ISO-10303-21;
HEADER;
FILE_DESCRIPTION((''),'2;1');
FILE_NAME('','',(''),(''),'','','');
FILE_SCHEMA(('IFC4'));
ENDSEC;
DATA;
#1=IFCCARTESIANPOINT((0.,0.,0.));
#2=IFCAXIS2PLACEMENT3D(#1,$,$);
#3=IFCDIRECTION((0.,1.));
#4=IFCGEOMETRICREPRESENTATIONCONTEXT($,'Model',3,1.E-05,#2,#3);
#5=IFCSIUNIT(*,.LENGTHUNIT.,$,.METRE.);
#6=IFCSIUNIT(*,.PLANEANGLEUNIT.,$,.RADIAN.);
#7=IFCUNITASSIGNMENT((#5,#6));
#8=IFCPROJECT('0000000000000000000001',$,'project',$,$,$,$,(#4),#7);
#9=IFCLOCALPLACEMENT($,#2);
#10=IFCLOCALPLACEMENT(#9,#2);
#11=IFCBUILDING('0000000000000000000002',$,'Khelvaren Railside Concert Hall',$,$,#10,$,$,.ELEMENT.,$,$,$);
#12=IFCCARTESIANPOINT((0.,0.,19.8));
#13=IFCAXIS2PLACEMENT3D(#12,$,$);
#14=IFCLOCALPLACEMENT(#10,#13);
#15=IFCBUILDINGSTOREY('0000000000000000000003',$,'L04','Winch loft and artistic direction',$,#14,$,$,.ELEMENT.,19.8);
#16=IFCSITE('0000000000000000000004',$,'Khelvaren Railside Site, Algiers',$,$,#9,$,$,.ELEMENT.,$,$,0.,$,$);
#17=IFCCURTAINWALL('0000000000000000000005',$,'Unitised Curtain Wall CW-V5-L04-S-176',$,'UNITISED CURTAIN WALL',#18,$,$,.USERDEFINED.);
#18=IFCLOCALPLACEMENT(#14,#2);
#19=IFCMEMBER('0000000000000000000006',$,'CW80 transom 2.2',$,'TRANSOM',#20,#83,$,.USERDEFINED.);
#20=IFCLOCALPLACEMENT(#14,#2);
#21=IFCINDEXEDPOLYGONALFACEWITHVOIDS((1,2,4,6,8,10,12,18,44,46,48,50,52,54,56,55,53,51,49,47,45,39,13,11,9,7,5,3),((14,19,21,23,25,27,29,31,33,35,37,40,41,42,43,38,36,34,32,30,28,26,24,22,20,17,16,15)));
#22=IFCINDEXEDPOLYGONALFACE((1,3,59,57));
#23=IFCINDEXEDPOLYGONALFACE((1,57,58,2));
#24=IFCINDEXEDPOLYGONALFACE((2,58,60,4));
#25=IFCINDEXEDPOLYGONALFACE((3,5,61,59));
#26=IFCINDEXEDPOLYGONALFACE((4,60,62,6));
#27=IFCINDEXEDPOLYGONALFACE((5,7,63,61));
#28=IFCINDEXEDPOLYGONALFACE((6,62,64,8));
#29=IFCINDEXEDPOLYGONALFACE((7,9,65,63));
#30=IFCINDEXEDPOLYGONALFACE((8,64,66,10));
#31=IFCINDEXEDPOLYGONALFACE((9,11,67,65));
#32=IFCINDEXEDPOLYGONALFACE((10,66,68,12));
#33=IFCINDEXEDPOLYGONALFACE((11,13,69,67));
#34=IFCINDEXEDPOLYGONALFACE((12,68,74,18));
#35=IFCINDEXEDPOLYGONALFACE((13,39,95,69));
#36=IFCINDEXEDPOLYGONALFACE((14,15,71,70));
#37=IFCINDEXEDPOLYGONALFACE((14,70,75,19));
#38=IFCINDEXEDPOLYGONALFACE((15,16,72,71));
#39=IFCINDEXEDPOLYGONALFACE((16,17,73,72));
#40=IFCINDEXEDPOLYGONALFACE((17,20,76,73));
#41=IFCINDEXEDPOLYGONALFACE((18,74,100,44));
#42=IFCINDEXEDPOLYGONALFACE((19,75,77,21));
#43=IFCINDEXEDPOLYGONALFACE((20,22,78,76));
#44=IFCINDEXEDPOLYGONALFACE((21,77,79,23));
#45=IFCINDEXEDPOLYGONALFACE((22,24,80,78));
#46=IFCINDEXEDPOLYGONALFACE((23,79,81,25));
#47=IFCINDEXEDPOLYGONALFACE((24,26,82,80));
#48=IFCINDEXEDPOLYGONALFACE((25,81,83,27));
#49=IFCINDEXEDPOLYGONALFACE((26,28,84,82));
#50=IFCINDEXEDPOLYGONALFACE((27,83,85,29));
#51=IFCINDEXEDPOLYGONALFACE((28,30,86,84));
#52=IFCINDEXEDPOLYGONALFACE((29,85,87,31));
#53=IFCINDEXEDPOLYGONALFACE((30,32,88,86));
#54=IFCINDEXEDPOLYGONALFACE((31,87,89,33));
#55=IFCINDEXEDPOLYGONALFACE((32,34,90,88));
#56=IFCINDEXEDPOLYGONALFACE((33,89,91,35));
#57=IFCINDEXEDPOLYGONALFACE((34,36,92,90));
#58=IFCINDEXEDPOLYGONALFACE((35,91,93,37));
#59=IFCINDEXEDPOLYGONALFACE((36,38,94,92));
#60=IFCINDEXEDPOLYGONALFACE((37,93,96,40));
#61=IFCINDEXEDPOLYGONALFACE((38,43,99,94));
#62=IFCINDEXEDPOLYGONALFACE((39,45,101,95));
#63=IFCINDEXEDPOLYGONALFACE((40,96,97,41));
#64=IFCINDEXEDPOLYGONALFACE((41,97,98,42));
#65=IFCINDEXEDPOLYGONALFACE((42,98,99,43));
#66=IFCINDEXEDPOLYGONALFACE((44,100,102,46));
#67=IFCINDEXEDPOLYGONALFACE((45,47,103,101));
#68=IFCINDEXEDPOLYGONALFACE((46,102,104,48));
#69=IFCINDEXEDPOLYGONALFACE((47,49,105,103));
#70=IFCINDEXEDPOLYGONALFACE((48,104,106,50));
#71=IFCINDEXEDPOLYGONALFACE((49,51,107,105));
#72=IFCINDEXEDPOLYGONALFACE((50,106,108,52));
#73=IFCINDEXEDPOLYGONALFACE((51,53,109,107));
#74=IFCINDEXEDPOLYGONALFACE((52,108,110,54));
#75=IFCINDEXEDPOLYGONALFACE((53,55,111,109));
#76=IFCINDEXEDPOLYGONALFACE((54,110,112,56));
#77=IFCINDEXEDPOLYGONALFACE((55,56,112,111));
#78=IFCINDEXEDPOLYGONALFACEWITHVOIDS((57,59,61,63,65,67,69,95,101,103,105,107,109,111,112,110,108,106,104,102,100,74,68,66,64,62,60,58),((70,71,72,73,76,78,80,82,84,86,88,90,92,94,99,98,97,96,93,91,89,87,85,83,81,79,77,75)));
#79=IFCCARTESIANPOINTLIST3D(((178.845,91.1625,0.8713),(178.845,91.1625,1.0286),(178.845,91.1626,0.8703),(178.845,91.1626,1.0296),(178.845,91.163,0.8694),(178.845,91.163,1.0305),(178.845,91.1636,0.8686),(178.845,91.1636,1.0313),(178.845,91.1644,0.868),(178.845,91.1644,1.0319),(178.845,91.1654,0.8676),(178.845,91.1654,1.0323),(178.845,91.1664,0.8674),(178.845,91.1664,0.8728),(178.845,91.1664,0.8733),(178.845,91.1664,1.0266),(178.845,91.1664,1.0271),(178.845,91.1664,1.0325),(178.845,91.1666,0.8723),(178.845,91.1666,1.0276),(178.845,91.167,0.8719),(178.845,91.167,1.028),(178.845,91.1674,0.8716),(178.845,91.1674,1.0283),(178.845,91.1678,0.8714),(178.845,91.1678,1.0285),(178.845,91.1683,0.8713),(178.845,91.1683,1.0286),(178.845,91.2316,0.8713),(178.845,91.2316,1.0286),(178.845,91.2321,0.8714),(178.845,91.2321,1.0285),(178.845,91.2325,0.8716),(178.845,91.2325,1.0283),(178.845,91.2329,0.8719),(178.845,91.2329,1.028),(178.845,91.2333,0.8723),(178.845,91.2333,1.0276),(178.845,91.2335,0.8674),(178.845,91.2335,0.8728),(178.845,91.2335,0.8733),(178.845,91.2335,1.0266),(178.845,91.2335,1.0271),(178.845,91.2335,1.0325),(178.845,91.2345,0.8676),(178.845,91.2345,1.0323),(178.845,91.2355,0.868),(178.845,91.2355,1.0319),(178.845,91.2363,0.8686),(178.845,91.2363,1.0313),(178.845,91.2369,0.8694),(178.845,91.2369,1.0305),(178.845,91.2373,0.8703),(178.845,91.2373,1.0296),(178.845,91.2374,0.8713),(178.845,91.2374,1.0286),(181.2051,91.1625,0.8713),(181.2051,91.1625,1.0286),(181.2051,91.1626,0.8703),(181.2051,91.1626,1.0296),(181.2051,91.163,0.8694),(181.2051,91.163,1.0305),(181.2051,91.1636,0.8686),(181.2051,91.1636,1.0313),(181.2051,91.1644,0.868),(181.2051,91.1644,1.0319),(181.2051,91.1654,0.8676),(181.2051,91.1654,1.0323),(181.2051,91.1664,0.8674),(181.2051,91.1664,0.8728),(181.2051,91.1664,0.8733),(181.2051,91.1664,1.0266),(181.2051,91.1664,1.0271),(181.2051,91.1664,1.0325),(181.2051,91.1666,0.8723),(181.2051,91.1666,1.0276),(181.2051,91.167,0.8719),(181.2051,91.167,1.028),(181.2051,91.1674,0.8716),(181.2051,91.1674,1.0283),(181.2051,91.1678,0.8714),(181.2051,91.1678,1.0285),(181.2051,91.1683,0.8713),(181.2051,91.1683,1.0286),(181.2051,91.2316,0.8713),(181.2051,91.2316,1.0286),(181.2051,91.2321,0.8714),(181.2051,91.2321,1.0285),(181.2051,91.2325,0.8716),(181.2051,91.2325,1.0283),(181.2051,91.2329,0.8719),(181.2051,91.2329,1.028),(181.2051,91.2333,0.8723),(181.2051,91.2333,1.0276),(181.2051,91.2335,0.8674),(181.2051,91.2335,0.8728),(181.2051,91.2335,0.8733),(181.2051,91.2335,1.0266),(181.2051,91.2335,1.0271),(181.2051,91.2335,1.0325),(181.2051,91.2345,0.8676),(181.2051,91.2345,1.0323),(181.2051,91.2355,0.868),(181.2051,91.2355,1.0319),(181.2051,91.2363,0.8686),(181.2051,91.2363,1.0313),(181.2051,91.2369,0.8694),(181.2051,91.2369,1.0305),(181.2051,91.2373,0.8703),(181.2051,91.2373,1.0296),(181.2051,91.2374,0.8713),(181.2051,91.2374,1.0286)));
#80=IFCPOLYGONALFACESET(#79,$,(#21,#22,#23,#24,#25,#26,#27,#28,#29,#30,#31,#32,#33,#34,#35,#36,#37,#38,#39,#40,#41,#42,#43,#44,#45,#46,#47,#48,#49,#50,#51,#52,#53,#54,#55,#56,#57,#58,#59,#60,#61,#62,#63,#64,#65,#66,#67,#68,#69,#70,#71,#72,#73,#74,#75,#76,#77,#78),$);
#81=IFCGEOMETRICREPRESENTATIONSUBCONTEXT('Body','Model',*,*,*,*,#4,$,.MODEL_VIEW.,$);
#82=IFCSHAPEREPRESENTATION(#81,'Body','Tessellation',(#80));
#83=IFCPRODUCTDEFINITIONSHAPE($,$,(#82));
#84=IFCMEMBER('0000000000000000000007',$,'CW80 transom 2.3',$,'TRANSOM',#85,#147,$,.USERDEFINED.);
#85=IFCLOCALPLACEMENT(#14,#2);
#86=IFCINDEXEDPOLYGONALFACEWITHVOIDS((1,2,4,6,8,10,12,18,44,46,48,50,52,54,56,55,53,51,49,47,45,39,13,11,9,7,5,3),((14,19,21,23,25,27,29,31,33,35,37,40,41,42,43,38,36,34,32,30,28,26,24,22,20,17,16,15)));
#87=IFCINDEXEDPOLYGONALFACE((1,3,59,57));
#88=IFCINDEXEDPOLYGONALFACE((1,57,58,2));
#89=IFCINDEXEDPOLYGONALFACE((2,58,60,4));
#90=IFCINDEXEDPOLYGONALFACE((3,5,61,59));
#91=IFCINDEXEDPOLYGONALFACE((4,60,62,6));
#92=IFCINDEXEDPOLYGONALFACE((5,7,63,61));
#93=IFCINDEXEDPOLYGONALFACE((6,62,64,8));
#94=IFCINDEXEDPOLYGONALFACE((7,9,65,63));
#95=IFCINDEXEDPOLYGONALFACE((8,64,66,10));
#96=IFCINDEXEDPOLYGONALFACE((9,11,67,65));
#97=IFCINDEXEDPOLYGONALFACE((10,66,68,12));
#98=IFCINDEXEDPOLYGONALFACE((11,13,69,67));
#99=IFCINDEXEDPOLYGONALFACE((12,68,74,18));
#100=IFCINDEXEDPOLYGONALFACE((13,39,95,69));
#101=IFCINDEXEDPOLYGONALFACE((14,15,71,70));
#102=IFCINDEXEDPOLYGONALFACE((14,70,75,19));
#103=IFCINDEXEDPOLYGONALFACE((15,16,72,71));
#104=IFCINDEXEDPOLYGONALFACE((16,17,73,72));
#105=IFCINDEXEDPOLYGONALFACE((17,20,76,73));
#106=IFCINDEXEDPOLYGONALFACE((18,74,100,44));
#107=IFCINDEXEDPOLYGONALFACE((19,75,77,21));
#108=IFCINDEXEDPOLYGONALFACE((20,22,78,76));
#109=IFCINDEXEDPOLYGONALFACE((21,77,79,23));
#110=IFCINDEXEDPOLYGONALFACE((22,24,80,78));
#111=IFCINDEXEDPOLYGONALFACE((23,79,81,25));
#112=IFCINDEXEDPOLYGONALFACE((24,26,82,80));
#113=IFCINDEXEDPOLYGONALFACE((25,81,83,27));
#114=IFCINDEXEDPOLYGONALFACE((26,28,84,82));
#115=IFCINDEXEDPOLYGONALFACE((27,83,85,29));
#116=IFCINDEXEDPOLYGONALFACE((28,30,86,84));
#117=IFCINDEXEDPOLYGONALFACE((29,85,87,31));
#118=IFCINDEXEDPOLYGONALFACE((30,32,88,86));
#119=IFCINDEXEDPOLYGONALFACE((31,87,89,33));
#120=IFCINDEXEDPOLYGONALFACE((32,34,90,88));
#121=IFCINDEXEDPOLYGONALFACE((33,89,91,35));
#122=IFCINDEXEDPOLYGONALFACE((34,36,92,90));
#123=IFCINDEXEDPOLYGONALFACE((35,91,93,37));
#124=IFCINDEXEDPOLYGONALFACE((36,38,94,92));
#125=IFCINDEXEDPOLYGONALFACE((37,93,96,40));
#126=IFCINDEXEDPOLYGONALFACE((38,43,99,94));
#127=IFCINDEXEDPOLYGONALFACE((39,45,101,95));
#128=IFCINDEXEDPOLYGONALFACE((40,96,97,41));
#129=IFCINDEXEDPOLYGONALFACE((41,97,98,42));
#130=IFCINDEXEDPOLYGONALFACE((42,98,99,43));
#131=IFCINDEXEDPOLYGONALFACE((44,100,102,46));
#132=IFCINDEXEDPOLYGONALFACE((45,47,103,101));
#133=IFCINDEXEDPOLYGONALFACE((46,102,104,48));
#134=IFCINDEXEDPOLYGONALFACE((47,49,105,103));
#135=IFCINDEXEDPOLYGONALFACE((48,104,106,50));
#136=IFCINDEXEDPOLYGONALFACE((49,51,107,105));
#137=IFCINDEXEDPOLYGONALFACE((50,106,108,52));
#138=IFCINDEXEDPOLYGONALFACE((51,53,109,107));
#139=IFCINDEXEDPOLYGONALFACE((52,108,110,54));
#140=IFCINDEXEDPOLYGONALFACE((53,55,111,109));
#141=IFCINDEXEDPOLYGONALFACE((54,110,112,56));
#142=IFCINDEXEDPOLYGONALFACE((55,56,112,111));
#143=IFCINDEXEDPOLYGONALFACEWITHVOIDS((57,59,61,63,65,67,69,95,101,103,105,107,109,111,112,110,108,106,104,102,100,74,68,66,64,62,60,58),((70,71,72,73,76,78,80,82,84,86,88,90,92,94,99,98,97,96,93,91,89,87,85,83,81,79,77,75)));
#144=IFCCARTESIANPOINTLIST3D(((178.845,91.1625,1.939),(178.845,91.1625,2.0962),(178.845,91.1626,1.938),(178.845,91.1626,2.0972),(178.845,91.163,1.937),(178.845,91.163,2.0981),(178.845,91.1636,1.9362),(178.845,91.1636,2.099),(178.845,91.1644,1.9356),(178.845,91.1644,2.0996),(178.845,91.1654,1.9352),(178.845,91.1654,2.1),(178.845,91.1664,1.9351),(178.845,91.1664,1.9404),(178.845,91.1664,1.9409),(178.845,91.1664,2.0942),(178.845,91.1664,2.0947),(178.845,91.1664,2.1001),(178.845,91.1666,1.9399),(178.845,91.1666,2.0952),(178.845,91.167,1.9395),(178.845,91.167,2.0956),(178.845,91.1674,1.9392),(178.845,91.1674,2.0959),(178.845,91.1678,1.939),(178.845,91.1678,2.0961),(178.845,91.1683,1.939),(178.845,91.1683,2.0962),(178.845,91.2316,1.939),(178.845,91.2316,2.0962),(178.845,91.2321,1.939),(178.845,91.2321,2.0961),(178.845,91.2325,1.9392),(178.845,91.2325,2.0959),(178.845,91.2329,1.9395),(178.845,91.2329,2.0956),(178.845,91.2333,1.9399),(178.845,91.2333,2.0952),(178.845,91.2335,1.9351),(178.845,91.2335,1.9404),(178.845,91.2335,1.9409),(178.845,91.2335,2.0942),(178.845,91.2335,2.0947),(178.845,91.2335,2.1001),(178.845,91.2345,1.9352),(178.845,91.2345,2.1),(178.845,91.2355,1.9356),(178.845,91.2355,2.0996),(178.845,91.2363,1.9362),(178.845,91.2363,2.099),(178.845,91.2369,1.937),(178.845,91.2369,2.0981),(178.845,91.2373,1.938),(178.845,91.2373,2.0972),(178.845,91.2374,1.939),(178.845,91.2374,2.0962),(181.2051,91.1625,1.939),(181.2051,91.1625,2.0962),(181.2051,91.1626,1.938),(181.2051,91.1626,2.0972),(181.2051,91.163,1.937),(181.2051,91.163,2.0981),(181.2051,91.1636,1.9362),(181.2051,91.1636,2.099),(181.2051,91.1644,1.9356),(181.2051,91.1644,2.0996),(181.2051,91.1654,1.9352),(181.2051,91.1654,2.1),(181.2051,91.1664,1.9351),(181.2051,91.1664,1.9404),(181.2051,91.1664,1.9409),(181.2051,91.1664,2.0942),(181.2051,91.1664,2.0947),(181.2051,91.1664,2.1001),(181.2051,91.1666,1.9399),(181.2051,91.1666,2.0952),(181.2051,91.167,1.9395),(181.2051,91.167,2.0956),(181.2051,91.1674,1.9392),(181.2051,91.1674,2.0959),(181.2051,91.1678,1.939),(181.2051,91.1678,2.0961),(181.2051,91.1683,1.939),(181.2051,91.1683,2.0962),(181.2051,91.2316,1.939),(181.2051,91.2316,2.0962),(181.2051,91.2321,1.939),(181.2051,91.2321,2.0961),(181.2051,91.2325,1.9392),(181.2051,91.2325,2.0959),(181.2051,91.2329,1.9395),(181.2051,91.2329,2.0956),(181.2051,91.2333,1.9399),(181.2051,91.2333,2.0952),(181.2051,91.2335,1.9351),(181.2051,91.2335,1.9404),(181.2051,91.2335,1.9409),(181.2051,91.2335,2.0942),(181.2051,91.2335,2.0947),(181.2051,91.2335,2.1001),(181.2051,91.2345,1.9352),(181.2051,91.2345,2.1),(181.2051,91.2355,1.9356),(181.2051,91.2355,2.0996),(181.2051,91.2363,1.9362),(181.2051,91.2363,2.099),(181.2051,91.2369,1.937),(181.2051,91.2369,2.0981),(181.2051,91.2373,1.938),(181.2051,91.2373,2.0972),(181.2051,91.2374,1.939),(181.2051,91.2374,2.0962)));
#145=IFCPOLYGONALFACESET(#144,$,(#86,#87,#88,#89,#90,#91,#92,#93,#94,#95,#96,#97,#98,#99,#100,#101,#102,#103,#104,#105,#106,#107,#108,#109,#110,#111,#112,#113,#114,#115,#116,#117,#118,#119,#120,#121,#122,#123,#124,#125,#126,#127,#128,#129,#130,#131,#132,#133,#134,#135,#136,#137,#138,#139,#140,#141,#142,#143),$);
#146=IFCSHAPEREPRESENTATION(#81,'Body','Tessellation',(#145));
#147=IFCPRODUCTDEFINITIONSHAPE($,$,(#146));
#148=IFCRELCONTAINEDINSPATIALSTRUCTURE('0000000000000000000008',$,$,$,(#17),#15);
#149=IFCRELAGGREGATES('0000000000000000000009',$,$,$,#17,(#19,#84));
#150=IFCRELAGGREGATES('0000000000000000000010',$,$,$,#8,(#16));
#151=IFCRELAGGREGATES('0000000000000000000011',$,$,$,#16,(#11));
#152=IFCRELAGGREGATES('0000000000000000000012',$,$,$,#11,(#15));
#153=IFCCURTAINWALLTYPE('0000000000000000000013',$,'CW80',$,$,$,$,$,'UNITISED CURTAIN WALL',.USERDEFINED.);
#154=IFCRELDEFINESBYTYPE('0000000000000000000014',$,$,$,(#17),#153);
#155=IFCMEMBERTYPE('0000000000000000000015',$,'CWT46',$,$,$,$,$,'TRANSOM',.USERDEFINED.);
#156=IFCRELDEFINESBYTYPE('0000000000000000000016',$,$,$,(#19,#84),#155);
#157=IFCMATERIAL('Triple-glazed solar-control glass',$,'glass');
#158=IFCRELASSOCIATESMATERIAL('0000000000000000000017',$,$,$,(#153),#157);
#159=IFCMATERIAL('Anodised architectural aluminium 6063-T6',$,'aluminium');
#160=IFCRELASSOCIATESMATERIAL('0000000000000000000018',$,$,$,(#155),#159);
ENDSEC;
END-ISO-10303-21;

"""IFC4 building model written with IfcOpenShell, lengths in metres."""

from ifc_helpers import new_model, si_unit, direction, frame, origin, origin_2d, place, context, subcontext, project, spatial, hollow_rectangle, extrude, material, material_profile, profile_set, type_object, element, aggregate, save


model = new_model("IFC4")

# Units and contexts
model_context = context("Model", 3, precision=1e-05, world=origin(), true_north=direction((0.0, 1.0)))
body_context = subcontext(model_context, "Body", "Model", "MODEL_VIEW")
ifc_project = project(units=[si_unit("LENGTHUNIT", "METRE"), si_unit("PLANEANGLEUNIT", "RADIAN")], contexts=[model_context])

# Site, building, storey
site_placement = place(None, origin())
site = spatial("IfcSite", under=ifc_project, at=site_placement, Name="Khelvaren Railside Site, Algiers", CompositionType="ELEMENT", RefElevation=0.0)
building_placement = place(site_placement, origin())
building = spatial("IfcBuilding", under=site, at=building_placement, Name="Khelvaren Railside Concert Hall", CompositionType="ELEMENT")
storey_placement = place(building_placement, frame((0.0, 0.0, 19.8)))
storey = spatial("IfcBuildingStorey", under=building, at=storey_placement, Name="L04", Description="Winch loft and artistic direction", CompositionType="ELEMENT", Elevation=19.8)

# Curtain wall
ifc_material_1 = material(Name="Triple-glazed solar-control glass", Category="glass")
curtain_wall_type_1 = type_object("IfcCurtainWallType", Name="CW80", ElementType="UNITISED CURTAIN WALL", PredefinedType="USERDEFINED", material=ifc_material_1)
curtain_wall_1_placement = place(storey_placement, origin())
curtain_wall_1 = element("IfcCurtainWall", 1, at=curtain_wall_1_placement, inside=storey, type_object=curtain_wall_type_1, Name="Unitised Curtain Wall CW-V5-L04-S-176", ObjectType="UNITISED CURTAIN WALL", PredefinedType="USERDEFINED")
ifc_material_2 = material(Name="Anodised architectural aluminium 6063-T6", Category="aluminium")

# Members
ifc_material_profile_1 = material_profile(ifc_material_2, hollow_rectangle(XDim=0.075, YDim=0.165, WallThickness=0.0039, InnerFilletRadius=0.002, OuterFilletRadius=0.0039, at=origin_2d()), Name="CWT 75x165x4")
ifc_profile_set_1 = profile_set([ifc_material_profile_1], Name="Anodised architectural aluminium 6063-T6")
member_type_1 = type_object("IfcMemberType", Name="CWT46", ElementType="TRANSOM", PredefinedType="USERDEFINED", material=ifc_profile_set_1)
member_1_placement = place(storey_placement, frame((181.2051, 91.2, 0.95), z_axis=(-1.0, 0.0, 0.0), x_axis=(0.0, -1.0, 0.0)))
member_1 = element("IfcMember", 2, at=member_1_placement, type_object=member_type_1, Name="CW80 transom 2.2", ObjectType="TRANSOM", PredefinedType="USERDEFINED", context=body_context, shape_type="SweptSolid", body=[
    extrude(hollow_rectangle(XDim=0.075, YDim=0.165, WallThickness=0.0039, InnerFilletRadius=0.002, OuterFilletRadius=0.0039, at=origin_2d()), origin(), (0.0, 0.0, 1.0), 2.3601),
])
member_2_placement = place(storey_placement, frame((181.2051, 91.2, 2.0176), z_axis=(-1.0, 0.0, 0.0), x_axis=(0.0, -1.0, 0.0)))
member_2 = element("IfcMember", 3, at=member_2_placement, type_object=member_type_1, Name="CW80 transom 2.3", ObjectType="TRANSOM", PredefinedType="USERDEFINED", context=body_context, shape_type="SweptSolid", body=[
    extrude(hollow_rectangle(XDim=0.075, YDim=0.165, WallThickness=0.0039, InnerFilletRadius=0.002, OuterFilletRadius=0.0039, at=origin_2d()), origin(), (0.0, 0.0, 1.0), 2.3601),
])

aggregate(curtain_wall_1, [member_1, member_2])

save(model, "model.ifc")
